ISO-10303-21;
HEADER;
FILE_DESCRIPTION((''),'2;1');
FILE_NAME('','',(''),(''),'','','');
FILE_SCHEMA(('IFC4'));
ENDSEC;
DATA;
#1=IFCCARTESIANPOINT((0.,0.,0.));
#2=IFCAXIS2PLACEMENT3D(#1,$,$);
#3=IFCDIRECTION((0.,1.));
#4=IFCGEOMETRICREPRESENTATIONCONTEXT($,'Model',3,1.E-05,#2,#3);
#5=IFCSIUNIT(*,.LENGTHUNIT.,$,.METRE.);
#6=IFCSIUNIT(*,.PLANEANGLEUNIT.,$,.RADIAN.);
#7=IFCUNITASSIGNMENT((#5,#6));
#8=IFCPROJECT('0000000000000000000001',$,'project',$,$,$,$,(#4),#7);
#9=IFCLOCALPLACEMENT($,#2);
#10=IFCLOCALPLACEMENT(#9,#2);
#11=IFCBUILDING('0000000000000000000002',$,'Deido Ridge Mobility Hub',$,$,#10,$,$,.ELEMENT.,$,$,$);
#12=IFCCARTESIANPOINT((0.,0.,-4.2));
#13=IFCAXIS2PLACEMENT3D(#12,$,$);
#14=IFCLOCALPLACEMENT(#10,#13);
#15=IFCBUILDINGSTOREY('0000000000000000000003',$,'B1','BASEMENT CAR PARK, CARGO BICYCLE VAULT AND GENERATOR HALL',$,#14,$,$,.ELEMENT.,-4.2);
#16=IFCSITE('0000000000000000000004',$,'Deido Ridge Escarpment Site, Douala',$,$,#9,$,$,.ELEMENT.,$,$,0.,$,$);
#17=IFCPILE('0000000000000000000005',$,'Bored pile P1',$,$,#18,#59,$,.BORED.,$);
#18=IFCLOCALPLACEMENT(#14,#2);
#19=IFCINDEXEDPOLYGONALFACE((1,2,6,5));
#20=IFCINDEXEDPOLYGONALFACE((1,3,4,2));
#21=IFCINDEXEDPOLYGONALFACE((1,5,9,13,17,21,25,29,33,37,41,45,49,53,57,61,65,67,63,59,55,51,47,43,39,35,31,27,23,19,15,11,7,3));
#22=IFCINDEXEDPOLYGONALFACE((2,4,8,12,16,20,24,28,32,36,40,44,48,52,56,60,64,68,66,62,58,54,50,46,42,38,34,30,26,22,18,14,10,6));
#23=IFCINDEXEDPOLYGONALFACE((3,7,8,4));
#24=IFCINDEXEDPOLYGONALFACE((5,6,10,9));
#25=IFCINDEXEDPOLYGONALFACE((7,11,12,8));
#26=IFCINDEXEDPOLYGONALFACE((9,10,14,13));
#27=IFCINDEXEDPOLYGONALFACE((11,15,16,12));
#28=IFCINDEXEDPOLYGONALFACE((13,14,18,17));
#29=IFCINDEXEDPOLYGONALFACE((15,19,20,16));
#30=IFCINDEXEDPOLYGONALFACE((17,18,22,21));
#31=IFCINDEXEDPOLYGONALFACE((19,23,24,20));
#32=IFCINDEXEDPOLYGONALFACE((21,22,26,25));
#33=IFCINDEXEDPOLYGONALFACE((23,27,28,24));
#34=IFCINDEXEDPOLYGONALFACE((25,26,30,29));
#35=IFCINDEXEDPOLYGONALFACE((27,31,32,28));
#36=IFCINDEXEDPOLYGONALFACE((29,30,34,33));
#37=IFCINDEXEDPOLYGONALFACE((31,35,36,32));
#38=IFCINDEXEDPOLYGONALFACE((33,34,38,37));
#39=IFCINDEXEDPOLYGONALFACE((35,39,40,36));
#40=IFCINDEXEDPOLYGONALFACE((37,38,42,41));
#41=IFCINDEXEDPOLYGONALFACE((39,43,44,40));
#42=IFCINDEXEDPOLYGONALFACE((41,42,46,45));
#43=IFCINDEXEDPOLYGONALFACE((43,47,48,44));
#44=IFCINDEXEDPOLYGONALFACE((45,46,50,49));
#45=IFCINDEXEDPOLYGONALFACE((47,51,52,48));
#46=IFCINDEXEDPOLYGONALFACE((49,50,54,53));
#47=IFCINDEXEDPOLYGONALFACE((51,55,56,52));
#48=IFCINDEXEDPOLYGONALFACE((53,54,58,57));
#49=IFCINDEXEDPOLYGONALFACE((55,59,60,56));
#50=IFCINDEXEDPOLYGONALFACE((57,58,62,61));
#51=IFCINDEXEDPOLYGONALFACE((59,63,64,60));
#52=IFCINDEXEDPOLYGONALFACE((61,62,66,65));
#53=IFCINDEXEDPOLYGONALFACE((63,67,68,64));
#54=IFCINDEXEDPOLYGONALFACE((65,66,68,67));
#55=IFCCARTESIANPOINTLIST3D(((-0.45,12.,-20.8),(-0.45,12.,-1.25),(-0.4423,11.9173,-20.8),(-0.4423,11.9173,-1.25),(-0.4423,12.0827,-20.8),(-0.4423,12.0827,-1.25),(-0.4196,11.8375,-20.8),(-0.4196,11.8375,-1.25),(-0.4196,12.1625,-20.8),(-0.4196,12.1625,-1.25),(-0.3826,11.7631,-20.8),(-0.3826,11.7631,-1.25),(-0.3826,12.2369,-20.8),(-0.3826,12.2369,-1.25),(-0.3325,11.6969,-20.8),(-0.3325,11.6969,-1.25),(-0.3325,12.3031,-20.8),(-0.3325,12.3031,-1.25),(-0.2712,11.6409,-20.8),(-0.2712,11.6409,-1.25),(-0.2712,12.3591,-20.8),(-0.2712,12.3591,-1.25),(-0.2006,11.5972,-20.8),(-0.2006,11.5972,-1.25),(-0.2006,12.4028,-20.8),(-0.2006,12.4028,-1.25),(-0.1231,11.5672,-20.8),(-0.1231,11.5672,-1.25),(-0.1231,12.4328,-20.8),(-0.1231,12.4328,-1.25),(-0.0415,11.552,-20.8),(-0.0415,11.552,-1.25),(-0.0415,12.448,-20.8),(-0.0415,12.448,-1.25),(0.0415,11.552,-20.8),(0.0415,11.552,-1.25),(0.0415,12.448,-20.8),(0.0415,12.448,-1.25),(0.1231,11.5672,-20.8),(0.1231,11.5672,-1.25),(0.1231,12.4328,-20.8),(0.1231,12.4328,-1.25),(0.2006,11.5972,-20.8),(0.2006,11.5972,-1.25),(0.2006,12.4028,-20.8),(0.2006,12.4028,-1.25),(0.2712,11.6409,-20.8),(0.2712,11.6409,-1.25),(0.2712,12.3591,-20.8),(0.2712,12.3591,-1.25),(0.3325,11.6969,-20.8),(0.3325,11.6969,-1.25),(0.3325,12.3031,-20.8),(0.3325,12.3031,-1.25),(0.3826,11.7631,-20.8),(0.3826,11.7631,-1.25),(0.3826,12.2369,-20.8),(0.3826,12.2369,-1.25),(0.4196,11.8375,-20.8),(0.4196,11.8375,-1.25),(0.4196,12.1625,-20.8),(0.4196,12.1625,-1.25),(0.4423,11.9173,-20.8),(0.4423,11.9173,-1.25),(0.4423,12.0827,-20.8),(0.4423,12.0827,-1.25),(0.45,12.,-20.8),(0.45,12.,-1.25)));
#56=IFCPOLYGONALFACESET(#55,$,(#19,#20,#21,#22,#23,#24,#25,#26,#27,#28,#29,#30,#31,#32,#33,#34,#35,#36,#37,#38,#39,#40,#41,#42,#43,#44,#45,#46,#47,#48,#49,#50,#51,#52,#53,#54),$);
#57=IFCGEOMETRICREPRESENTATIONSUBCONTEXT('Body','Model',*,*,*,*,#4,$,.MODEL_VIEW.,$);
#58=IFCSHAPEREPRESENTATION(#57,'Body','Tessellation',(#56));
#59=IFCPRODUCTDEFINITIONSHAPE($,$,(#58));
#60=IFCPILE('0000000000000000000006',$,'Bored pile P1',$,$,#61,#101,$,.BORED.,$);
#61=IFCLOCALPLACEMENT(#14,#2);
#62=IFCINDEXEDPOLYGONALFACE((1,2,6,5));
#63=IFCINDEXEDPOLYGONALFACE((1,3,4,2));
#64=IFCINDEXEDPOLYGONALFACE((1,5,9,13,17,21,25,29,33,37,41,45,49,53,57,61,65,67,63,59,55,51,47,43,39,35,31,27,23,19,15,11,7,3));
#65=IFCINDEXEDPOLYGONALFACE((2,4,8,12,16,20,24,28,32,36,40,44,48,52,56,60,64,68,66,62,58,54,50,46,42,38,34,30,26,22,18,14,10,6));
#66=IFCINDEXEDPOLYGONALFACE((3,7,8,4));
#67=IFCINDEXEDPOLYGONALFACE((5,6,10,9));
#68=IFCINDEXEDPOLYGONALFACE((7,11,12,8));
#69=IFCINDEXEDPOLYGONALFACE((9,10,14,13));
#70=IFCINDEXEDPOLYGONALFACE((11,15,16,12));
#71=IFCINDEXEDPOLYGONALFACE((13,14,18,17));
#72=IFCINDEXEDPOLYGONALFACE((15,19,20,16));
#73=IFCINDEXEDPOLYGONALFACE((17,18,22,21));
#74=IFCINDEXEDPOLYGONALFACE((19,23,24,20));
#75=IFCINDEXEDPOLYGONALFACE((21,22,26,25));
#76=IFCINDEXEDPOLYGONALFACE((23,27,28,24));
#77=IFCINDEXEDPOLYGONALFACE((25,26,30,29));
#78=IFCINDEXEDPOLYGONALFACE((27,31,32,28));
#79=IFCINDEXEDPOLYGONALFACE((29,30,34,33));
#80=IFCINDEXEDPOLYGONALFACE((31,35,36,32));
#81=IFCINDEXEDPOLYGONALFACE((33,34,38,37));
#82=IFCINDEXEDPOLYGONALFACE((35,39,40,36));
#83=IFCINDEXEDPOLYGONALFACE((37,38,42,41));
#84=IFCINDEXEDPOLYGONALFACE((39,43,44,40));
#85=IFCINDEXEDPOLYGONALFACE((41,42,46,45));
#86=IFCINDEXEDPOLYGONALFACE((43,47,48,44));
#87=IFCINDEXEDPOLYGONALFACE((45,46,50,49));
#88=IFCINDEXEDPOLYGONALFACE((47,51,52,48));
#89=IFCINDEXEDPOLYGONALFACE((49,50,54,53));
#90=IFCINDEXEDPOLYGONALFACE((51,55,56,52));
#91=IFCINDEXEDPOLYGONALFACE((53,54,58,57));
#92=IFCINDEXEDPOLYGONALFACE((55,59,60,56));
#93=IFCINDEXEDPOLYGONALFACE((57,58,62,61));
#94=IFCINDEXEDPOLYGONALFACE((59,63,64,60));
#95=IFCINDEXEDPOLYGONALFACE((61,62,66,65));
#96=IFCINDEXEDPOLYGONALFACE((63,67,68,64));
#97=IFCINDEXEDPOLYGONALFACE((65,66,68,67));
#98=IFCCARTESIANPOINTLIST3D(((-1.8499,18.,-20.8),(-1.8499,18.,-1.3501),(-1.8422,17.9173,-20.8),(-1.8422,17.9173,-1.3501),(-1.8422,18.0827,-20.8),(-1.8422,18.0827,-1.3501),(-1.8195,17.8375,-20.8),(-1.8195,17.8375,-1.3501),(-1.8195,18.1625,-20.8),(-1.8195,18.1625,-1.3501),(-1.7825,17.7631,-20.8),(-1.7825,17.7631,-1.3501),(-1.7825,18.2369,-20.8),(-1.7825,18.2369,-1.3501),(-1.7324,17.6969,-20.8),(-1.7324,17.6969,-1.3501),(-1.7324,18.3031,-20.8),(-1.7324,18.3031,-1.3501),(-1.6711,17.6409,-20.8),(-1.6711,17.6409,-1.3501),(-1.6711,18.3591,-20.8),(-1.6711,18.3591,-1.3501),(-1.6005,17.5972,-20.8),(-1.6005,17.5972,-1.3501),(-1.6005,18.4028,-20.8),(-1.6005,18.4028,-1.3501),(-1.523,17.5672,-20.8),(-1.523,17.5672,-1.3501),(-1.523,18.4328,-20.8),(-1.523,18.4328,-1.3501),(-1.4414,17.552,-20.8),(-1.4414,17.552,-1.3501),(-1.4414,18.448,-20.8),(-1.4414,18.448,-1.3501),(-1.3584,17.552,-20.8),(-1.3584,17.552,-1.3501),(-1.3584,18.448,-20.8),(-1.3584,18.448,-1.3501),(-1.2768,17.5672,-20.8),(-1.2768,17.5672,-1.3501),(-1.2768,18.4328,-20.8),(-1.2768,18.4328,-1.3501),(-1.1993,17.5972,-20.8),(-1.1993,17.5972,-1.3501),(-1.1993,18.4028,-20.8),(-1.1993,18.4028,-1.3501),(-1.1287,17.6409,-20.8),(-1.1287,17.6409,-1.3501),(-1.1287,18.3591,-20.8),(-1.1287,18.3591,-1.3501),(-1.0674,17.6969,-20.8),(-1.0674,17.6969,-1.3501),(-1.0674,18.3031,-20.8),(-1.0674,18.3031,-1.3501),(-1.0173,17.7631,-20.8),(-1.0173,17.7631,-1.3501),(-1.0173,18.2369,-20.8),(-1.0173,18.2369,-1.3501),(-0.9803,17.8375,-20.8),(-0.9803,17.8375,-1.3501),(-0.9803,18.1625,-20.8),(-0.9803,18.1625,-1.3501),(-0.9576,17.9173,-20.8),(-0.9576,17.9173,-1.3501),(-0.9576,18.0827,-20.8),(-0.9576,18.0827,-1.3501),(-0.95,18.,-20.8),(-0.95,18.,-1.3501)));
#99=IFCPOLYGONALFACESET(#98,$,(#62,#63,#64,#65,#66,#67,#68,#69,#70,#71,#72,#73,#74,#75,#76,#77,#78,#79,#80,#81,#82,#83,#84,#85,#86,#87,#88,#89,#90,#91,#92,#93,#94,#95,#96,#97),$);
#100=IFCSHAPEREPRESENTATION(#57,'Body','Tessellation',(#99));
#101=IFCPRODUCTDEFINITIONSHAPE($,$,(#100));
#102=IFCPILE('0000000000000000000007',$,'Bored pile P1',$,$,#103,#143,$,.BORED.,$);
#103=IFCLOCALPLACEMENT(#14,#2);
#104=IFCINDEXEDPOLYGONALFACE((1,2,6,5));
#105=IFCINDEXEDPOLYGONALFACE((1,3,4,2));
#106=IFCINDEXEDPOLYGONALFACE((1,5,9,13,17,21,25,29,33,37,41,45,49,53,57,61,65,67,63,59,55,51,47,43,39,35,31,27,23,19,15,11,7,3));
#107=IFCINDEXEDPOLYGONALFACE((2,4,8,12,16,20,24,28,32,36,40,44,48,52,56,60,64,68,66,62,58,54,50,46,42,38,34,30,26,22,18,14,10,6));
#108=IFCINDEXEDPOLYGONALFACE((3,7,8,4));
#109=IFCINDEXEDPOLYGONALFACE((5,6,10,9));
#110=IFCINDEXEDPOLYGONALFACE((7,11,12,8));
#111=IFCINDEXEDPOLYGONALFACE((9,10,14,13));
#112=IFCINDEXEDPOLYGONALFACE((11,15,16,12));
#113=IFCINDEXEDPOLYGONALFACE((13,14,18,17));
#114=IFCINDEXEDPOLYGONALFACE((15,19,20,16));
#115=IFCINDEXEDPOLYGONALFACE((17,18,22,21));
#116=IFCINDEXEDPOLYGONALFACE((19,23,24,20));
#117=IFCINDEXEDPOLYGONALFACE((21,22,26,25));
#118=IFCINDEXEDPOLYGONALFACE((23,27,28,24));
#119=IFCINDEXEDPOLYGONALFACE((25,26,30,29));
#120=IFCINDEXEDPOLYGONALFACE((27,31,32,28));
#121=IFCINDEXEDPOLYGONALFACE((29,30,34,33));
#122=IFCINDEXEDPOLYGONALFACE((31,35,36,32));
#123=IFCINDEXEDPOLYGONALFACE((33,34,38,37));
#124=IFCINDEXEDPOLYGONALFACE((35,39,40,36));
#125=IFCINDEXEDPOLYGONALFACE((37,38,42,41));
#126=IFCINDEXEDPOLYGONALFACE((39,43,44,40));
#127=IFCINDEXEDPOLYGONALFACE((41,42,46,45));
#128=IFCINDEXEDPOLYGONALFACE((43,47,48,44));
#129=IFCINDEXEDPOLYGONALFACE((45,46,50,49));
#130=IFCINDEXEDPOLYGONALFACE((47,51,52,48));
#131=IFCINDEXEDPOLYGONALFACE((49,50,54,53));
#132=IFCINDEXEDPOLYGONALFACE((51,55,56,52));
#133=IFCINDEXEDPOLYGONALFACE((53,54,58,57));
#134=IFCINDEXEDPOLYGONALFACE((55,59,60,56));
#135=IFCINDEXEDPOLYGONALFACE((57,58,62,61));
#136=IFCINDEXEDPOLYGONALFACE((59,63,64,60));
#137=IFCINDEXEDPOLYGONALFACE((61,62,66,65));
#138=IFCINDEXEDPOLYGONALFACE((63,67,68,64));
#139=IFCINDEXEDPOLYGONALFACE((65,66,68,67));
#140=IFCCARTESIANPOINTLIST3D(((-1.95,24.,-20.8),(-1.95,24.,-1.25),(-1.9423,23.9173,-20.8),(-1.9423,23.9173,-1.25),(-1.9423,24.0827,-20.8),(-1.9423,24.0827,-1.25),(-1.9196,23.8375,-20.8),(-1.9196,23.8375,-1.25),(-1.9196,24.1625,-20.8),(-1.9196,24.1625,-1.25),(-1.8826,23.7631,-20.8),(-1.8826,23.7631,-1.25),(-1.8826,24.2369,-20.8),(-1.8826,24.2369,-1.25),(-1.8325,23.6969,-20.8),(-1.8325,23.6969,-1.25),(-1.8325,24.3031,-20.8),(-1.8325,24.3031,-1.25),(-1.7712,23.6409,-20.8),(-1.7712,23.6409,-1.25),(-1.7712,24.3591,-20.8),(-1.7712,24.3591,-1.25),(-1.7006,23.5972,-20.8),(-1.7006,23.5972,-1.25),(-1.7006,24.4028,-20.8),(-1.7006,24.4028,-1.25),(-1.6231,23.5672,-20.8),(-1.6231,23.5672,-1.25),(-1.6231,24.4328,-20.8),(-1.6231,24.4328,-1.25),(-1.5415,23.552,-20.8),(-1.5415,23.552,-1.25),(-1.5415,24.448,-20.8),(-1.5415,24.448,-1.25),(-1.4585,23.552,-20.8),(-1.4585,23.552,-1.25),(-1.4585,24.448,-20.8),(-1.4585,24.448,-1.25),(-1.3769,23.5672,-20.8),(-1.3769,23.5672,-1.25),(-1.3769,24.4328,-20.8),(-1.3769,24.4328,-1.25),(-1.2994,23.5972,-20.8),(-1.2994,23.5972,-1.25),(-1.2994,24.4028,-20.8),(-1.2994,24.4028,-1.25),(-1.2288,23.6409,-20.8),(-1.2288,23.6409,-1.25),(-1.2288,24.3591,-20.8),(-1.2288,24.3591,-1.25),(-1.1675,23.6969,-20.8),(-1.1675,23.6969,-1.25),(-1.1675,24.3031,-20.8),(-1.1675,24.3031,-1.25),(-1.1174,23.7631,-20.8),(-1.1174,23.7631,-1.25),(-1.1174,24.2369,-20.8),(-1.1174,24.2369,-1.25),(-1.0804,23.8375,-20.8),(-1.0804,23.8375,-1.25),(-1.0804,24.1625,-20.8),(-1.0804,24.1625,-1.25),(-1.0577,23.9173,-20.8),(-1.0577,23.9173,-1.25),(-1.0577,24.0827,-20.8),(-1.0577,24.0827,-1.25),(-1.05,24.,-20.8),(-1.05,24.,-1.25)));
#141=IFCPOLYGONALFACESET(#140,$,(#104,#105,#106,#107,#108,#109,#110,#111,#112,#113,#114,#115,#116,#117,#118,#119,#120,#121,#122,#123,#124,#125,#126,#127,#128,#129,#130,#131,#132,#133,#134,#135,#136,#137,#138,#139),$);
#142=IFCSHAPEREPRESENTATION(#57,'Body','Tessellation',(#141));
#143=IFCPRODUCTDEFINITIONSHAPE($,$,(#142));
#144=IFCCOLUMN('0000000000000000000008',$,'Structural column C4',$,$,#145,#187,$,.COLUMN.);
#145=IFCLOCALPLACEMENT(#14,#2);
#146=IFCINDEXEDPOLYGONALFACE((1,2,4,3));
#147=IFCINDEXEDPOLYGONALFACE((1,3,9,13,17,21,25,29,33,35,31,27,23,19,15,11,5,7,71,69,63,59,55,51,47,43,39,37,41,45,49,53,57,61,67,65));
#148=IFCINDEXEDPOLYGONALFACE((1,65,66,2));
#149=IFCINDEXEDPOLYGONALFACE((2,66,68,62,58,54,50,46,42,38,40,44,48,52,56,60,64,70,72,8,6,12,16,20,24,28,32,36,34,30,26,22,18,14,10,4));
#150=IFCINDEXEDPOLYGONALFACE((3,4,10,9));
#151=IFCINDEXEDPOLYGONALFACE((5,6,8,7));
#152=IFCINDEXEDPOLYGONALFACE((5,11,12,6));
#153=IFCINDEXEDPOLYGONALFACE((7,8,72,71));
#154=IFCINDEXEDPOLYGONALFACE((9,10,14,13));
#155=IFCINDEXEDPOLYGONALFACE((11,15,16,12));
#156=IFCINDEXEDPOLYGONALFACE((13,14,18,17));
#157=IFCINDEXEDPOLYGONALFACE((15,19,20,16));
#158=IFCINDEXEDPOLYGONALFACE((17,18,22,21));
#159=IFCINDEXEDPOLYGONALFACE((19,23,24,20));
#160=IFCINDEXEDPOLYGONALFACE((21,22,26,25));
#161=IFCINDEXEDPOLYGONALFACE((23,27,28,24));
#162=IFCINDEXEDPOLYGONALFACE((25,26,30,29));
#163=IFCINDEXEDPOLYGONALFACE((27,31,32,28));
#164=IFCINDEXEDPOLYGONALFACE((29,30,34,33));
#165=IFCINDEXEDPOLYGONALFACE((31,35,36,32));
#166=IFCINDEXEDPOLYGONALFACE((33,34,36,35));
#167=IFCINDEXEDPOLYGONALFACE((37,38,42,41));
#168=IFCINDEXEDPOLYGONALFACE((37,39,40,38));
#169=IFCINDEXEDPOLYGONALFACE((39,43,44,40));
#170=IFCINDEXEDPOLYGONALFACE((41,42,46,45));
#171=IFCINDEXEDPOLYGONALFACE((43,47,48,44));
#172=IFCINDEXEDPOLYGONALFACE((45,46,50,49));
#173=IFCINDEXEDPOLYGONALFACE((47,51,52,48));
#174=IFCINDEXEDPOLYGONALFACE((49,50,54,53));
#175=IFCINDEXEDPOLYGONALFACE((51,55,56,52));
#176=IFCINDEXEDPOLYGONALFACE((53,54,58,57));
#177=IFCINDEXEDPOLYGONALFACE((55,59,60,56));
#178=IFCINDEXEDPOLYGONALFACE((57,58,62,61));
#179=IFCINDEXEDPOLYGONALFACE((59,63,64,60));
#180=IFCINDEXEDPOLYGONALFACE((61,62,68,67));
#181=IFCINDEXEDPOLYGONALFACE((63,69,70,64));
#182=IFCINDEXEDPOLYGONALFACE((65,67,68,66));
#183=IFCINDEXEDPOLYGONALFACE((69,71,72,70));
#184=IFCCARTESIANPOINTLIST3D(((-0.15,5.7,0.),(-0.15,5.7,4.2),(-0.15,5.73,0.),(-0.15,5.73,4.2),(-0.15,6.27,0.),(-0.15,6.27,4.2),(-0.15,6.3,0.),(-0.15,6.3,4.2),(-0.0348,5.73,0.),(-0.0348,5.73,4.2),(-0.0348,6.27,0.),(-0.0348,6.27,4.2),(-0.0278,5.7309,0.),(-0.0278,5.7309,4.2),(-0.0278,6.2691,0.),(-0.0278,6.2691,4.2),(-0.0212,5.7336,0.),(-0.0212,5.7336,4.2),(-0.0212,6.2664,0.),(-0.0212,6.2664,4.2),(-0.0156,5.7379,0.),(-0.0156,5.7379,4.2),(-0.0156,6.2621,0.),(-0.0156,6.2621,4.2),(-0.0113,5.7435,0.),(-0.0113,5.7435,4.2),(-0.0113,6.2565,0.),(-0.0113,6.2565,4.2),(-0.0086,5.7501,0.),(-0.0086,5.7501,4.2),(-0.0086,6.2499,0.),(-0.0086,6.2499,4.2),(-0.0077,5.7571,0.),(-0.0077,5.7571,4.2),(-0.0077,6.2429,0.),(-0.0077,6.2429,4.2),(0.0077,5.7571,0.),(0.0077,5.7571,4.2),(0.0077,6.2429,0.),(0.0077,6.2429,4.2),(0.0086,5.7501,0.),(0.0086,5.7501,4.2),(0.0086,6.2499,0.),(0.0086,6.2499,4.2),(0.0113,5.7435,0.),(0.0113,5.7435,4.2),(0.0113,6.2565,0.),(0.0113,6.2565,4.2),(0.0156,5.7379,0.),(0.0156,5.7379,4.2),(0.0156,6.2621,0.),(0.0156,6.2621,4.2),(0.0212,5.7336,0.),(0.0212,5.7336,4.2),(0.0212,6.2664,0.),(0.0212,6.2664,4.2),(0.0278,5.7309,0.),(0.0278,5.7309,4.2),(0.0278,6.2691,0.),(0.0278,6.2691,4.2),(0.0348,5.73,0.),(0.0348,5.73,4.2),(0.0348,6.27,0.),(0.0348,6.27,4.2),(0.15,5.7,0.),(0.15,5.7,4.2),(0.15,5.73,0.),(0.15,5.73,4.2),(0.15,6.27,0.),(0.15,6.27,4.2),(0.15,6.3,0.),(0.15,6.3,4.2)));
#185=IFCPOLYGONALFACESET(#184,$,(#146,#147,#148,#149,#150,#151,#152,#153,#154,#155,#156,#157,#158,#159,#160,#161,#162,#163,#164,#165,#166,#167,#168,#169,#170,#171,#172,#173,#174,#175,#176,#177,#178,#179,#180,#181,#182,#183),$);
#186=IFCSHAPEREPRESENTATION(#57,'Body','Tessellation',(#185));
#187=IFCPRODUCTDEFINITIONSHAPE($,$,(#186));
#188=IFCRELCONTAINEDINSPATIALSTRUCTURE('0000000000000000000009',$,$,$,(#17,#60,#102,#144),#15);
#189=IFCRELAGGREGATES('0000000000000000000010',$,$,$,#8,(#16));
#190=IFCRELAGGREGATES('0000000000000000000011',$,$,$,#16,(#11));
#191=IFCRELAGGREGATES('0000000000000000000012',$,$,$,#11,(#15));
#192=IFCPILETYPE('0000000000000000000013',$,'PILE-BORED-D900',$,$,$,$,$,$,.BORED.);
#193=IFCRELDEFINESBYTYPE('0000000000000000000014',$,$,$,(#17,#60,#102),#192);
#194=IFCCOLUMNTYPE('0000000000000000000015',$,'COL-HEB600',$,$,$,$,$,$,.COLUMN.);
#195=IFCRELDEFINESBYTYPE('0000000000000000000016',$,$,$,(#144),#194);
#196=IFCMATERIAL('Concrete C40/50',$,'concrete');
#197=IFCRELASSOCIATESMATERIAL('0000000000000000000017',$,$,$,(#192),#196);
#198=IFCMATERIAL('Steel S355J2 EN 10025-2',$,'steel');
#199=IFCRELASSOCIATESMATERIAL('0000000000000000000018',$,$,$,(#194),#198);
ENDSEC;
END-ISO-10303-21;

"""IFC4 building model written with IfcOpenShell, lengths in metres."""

from ifc_helpers import new_model, si_unit, direction, frame, origin, origin_2d, place, context, subcontext, project, spatial, circle, i_section, extrude, material, material_profile, profile_set, type_object, element, save


model = new_model("IFC4")

# Units and contexts
model_context = context("Model", 3, precision=1e-05, world=origin(), true_north=direction((0.0, 1.0)))
body_context = subcontext(model_context, "Body", "Model", "MODEL_VIEW")
ifc_project = project(units=[si_unit("LENGTHUNIT", "METRE"), si_unit("PLANEANGLEUNIT", "RADIAN")], contexts=[model_context])

# Site, building, storey
site_placement = place(None, origin())
site = spatial("IfcSite", under=ifc_project, at=site_placement, Name="Deido Ridge Escarpment Site, Douala", CompositionType="ELEMENT", RefElevation=0.0)
building_placement = place(site_placement, origin())
building = spatial("IfcBuilding", under=site, at=building_placement, Name="Deido Ridge Mobility Hub", CompositionType="ELEMENT")
storey_placement = place(building_placement, frame((0.0, 0.0, -4.2)))
storey = spatial("IfcBuildingStorey", under=building, at=storey_placement, Name="B1", Description="BASEMENT CAR PARK, CARGO BICYCLE VAULT AND GENERATOR HALL", CompositionType="ELEMENT", Elevation=-4.2)

# Shared definitions
ifc_material_1 = material(Name="Concrete C40/50", Category="concrete")

# Piles
ifc_material_profile_1 = material_profile(ifc_material_1, circle(Radius=0.45, at=origin_2d()), Name="BORED PILE D900")
ifc_profile_set_1 = profile_set([ifc_material_profile_1], Name="Concrete C40/50")
pile_type = type_object("IfcPileType", Name="PILE-BORED-D900", PredefinedType="BORED", material=ifc_profile_set_1)
pile_1_placement = place(storey_placement, frame((0.0, 12.0, -1.25), z_axis=(0.0, 0.0, -1.0), x_axis=(1.0, 0.0, 0.0)))
element("IfcPile", 1, at=pile_1_placement, inside=storey, type_object=pile_type, Name="Bored pile P1", PredefinedType="BORED", context=body_context, shape_type="SweptSolid", body=[
    extrude(circle(Radius=0.45, at=origin_2d()), origin(), (0.0, 0.0, 1.0), 19.55),
])
pile_2_placement = place(storey_placement, frame((-1.3999, 18.0, -1.3501), z_axis=(0.0, 0.0, -1.0), x_axis=(1.0, 0.0, 0.0)))
element("IfcPile", 2, at=pile_2_placement, inside=storey, type_object=pile_type, Name="Bored pile P1", PredefinedType="BORED", context=body_context, shape_type="SweptSolid", body=[
    extrude(circle(Radius=0.45, at=origin_2d()), origin(), (0.0, 0.0, 1.0), 19.45),
])
pile_3_placement = place(storey_placement, frame((-1.5, 24.0, -1.25), z_axis=(0.0, 0.0, -1.0), x_axis=(1.0, 0.0, 0.0)))
element("IfcPile", 3, at=pile_3_placement, inside=storey, type_object=pile_type, Name="Bored pile P1", PredefinedType="BORED", context=body_context, shape_type="SweptSolid", body=[
    extrude(circle(Radius=0.45, at=origin_2d()), origin(), (0.0, 0.0, 1.0), 19.55),
])

# Column
ifc_material_2 = material(Name="Steel S355J2 EN 10025-2", Category="steel")
ifc_material_profile_2 = material_profile(ifc_material_2, i_section(OverallWidth=0.3, OverallDepth=0.6001, WebThickness=0.0154, FlangeThickness=0.03, FilletRadius=0.0271, at=origin_2d()), Name="HEB 600")
ifc_profile_set_2 = profile_set([ifc_material_profile_2], Name="Steel S355J2 EN 10025-2")
column_type = type_object("IfcColumnType", Name="COL-HEB600", PredefinedType="COLUMN", material=ifc_profile_set_2)
for number, where, z_axis, x_axis, name in (
    (4, (0.0, 6.0, 0.0), (0.0, 0.0, 1.0), (1.0, 0.0, 0.0), "Structural column C4"),
):
    element("IfcColumn", number, at=place(storey_placement, frame(where, z_axis=z_axis, x_axis=x_axis)), inside=storey, type_object=column_type, Name=name, PredefinedType="COLUMN", context=body_context, shape_type="SweptSolid", body=[
        extrude(i_section(OverallWidth=0.3, OverallDepth=0.6001, WebThickness=0.0154, FlangeThickness=0.03, FilletRadius=0.0271, at=origin_2d()), origin(), (0.0, 0.0, 1.0), 4.2),
    ])

save(model, "model.ifc")
